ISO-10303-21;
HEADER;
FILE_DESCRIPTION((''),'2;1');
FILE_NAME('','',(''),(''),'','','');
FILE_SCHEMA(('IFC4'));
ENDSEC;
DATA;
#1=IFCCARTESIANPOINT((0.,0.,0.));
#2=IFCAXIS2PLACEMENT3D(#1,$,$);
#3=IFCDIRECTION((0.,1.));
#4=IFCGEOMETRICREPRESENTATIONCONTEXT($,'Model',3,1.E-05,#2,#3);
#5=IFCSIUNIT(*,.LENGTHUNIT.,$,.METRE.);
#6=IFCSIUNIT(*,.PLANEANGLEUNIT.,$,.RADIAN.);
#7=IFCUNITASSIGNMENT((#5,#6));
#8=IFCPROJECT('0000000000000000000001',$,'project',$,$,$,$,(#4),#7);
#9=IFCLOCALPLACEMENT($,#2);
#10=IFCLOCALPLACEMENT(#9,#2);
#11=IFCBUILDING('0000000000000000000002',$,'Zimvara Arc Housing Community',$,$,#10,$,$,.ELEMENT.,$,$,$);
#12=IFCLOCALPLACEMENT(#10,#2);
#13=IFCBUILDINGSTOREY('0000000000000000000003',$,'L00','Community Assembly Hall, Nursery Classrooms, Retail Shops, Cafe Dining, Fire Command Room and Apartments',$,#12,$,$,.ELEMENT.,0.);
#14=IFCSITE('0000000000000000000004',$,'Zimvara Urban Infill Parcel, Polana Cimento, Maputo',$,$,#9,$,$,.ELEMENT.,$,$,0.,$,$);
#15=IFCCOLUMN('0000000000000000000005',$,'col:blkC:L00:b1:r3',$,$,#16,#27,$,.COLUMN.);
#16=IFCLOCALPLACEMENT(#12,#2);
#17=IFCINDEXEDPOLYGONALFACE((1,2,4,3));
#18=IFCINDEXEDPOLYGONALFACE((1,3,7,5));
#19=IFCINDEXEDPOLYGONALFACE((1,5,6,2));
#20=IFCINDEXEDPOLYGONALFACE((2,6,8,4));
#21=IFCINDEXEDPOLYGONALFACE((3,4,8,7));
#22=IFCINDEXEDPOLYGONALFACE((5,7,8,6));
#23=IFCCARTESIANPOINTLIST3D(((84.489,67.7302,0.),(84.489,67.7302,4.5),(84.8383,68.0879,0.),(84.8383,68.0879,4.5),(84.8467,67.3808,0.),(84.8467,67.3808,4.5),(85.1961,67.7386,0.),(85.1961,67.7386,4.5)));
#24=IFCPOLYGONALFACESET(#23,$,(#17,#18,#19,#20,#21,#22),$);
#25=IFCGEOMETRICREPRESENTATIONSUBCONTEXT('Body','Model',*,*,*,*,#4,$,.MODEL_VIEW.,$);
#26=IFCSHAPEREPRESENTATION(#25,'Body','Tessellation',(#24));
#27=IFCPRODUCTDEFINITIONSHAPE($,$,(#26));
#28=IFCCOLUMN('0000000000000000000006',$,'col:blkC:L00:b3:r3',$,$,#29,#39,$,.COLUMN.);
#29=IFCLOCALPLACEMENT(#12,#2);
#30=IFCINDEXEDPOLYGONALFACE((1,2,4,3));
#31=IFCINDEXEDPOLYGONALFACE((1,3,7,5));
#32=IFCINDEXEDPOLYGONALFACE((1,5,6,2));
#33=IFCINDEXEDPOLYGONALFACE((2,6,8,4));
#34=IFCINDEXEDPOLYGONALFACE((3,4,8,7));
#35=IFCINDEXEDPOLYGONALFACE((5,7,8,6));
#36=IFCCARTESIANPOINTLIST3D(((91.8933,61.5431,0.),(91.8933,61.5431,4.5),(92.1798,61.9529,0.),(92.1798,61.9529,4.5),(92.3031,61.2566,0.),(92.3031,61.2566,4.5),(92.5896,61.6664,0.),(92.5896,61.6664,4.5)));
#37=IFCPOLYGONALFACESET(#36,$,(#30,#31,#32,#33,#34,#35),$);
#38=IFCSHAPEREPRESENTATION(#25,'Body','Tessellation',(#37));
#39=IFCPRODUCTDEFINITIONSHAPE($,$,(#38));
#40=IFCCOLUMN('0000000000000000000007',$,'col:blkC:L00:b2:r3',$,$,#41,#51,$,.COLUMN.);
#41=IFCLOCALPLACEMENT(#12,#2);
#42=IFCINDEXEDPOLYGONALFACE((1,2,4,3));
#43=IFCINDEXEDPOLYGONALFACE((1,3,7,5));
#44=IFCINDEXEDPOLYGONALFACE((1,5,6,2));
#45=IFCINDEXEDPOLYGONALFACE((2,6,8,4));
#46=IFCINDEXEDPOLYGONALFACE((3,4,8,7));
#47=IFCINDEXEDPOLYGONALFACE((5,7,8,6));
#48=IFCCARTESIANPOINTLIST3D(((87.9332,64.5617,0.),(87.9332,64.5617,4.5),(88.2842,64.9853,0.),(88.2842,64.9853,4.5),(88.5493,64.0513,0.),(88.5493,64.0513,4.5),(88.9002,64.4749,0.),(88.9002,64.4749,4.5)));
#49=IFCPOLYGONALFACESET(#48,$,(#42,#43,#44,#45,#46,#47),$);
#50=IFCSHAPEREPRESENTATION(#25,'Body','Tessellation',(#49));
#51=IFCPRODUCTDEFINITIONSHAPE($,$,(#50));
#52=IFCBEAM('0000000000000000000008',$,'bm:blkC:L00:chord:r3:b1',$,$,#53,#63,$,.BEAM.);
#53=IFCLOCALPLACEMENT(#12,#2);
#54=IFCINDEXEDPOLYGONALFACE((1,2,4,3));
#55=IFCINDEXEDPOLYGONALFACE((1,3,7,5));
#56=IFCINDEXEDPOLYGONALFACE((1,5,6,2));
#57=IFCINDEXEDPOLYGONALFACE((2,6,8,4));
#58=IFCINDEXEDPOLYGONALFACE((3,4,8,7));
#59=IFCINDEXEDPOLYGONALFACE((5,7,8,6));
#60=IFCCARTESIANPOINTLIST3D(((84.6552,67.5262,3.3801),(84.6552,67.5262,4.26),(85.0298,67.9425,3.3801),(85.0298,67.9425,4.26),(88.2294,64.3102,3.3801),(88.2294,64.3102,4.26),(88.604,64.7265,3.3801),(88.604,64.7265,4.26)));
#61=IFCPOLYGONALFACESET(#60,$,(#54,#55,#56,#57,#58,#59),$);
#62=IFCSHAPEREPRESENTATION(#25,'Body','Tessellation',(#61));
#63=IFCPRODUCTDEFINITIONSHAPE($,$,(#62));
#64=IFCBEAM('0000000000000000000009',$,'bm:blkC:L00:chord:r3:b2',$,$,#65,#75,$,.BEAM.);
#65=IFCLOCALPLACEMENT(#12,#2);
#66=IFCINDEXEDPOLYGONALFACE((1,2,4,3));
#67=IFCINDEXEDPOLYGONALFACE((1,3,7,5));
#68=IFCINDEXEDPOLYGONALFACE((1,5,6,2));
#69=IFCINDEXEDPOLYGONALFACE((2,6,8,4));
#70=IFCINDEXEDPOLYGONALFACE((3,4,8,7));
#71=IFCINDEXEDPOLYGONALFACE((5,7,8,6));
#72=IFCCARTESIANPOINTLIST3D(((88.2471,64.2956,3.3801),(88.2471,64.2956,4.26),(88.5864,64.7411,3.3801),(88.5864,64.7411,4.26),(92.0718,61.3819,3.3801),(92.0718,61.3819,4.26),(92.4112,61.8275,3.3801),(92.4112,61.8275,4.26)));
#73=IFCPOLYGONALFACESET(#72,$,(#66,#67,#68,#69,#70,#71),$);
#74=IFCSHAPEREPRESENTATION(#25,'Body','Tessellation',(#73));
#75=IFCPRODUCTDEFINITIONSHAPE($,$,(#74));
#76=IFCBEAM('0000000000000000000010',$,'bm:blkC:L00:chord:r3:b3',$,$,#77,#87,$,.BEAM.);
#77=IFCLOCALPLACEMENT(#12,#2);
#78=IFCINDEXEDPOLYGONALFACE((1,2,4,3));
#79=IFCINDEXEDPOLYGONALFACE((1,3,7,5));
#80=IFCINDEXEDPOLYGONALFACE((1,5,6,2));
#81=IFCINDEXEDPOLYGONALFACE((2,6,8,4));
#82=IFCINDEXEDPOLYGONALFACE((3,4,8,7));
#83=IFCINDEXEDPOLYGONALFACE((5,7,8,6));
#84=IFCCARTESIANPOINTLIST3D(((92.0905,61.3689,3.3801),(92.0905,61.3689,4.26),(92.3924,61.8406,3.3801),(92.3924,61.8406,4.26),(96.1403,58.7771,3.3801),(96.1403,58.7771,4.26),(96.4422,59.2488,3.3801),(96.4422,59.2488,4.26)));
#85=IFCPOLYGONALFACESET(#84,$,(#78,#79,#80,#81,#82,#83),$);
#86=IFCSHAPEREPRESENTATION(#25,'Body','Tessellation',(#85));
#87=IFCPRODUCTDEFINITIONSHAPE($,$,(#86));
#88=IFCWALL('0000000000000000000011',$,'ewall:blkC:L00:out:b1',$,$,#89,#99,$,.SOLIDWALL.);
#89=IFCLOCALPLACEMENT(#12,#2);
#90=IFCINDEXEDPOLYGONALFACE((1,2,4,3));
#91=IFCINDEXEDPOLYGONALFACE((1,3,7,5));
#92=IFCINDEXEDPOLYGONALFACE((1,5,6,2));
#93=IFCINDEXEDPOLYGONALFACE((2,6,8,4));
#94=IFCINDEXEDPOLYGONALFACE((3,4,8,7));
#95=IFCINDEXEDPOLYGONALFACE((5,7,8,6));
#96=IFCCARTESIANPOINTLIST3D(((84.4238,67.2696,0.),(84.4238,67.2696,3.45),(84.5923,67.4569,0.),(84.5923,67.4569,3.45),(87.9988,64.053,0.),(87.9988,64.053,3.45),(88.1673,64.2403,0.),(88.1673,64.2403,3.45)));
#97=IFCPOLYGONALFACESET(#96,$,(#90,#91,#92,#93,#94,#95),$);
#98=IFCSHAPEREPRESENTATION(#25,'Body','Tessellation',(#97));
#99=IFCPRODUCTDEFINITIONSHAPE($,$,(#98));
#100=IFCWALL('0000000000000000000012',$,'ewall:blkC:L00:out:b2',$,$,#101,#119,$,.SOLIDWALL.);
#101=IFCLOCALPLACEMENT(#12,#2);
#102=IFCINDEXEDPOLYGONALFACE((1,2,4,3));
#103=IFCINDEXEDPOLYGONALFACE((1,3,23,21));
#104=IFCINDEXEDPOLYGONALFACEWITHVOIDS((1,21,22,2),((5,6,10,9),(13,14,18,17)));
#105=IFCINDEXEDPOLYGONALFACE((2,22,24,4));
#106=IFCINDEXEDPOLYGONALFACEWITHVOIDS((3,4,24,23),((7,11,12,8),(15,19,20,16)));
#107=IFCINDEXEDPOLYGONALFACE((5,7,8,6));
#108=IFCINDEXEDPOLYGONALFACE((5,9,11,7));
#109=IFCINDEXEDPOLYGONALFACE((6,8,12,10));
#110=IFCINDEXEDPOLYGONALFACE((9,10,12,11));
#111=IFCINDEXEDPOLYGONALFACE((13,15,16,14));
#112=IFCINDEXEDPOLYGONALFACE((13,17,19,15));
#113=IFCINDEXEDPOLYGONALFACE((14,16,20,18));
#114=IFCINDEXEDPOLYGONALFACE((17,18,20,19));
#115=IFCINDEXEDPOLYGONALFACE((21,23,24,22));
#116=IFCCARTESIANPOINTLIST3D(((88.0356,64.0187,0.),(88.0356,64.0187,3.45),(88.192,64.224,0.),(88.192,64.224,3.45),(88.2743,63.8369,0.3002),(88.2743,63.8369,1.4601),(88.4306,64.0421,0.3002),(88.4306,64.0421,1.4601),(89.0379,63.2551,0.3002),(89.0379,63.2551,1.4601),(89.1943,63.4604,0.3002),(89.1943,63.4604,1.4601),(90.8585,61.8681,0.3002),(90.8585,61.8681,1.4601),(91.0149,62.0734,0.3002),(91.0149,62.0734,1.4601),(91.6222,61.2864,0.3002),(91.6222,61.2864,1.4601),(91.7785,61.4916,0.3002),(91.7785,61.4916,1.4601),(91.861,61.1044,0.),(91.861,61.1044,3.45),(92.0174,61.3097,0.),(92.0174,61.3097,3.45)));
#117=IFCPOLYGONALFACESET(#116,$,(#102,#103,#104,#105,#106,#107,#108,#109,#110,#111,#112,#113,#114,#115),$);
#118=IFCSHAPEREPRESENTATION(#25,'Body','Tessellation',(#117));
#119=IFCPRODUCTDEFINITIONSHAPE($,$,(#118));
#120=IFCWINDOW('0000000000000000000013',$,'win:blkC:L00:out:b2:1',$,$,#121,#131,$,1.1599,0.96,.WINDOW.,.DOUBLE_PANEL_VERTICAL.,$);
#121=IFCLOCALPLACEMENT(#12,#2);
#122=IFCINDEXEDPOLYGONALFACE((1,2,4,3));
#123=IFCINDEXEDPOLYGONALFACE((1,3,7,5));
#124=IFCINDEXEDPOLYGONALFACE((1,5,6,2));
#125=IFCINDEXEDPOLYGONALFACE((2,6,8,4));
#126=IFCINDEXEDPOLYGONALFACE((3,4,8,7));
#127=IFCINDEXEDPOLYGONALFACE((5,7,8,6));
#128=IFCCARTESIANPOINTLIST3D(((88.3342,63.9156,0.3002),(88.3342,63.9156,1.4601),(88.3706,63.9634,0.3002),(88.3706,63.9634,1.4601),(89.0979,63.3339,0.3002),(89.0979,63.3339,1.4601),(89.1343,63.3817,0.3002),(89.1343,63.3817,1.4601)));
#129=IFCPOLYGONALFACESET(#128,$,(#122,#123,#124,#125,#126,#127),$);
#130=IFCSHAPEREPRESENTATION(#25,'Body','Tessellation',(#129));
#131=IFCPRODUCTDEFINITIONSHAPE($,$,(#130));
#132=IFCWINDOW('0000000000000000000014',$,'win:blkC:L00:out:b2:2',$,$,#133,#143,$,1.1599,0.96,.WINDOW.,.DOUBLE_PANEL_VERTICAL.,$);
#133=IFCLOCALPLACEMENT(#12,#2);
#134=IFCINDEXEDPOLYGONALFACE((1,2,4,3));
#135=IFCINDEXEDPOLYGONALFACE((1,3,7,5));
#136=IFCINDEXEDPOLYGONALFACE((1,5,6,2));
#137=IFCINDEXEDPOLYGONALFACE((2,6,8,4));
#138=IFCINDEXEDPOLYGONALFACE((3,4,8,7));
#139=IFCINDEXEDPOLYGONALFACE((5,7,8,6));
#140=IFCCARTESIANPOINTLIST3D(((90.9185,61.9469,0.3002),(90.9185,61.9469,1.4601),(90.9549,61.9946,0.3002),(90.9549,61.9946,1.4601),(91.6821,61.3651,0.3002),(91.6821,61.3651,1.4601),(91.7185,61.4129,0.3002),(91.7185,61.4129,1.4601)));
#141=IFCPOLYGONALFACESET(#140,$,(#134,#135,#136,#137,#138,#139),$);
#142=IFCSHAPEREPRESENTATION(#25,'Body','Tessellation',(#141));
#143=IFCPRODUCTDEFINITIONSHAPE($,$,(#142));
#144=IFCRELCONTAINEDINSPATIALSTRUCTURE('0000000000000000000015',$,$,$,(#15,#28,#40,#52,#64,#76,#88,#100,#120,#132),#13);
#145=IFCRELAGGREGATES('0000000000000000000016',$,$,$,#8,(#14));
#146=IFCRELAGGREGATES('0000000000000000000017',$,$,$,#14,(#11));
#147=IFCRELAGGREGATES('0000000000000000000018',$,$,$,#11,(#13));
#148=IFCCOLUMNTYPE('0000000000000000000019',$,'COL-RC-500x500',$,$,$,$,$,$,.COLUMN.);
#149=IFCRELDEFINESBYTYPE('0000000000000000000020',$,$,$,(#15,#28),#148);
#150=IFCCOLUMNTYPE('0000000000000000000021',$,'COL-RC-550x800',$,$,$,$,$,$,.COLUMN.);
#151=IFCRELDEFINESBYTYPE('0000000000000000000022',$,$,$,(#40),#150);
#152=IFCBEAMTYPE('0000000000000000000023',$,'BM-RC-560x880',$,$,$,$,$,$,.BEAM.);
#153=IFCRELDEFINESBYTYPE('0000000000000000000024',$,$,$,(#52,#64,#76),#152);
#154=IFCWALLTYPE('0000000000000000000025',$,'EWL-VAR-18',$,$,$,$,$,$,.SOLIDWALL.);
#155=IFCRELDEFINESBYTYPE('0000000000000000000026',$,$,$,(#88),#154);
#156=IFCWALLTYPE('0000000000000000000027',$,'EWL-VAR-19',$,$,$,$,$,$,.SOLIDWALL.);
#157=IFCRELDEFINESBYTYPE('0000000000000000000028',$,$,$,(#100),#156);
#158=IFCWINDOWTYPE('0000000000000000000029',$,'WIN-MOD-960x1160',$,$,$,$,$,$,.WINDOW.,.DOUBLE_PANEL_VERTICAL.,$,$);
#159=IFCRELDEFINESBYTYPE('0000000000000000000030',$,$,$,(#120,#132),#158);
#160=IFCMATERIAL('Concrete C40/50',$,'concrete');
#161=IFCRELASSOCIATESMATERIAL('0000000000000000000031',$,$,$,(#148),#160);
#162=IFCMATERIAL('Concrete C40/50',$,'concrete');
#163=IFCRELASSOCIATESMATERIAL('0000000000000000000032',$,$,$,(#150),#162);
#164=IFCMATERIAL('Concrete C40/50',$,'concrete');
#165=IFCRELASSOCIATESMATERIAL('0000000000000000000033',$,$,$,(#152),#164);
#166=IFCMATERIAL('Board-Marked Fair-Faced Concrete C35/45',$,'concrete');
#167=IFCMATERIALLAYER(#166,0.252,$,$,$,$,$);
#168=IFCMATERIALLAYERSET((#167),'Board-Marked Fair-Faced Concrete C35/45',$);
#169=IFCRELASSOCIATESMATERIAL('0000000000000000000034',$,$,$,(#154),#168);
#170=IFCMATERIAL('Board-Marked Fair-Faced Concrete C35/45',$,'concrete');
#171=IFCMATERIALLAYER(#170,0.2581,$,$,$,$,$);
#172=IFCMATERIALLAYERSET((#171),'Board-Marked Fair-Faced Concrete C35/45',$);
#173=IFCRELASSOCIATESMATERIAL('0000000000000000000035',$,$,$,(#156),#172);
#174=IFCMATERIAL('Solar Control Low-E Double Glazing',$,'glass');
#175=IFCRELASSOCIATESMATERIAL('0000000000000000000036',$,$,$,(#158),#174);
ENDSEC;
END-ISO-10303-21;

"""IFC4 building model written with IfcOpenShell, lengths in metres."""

from ifc_helpers import new_model, si_unit, direction, frame, frame_2d, origin, origin_2d, place, context, subcontext, project, spatial, rectangle, extrude, material, layer, layer_set, material_profile, profile_set, type_object, element, fill, save


model = new_model("IFC4")

# Units and contexts
model_context = context("Model", 3, precision=1e-05, world=origin(), true_north=direction((0.0, 1.0)))
body_context = subcontext(model_context, "Body", "Model", "MODEL_VIEW")
ifc_project = project(units=[si_unit("LENGTHUNIT", "METRE"), si_unit("PLANEANGLEUNIT", "RADIAN")], contexts=[model_context])

# Site, building, storey
site_placement = place(None, origin())
site = spatial("IfcSite", under=ifc_project, at=site_placement, Name="Zimvara Urban Infill Parcel, Polana Cimento, Maputo", CompositionType="ELEMENT", RefElevation=0.0)
building_placement = place(site_placement, origin())
building = spatial("IfcBuilding", under=site, at=building_placement, Name="Zimvara Arc Housing Community", CompositionType="ELEMENT")
storey_placement = place(building_placement, origin())
storey = spatial("IfcBuildingStorey", under=building, at=storey_placement, Name="L00", Description="Community Assembly Hall, Nursery Classrooms, Retail Shops, Cafe Dining, Fire Command Room and Apartments", CompositionType="ELEMENT", Elevation=0.0)

# Columns
ifc_material_1 = material(Name="Concrete C40/50", Category="concrete")
ifc_material_profile_1 = material_profile(ifc_material_1, rectangle(XDim=0.5, YDim=0.5, at=origin_2d()), Name="RC 500x500")
ifc_profile_set_1 = profile_set([ifc_material_profile_1], Name="Concrete C40/50")
column_type_1 = type_object("IfcColumnType", Name="COL-RC-500x500", PredefinedType="COLUMN", material=ifc_profile_set_1)
for number, where, z_axis, x_axis, name in (
    (1, (84.8425, 67.7344, 0.0), (0.0, 0.0, 1.0), (-0.698665, -0.715449, 0.0), "col:blkC:L00:b1:r3"),
    (2, (92.2415, 61.6047, 0.0), (0.0, 0.0, 1.0), (-0.573004, -0.819552, 0.0), "col:blkC:L00:b3:r3"),
):
    element("IfcColumn", number, at=place(storey_placement, frame(where, z_axis=z_axis, x_axis=x_axis)), inside=storey, type_object=column_type_1, Name=name, PredefinedType="COLUMN", context=body_context, shape_type="SweptSolid", body=[
        extrude(rectangle(XDim=0.5, YDim=0.5, at=origin_2d()), origin(), (0.0, 0.0, 1.0), 4.5),
    ])
ifc_material_2 = material(Name="Concrete C40/50", Category="concrete")
ifc_material_profile_2 = material_profile(ifc_material_2, rectangle(XDim=0.55, YDim=0.8, at=origin_2d()), Name="RC 550x800")
ifc_profile_set_2 = profile_set([ifc_material_profile_2], Name="Concrete C40/50")
column_type_2 = type_object("IfcColumnType", Name="COL-RC-550x800", PredefinedType="COLUMN", material=ifc_profile_set_2)
column_placement = place(storey_placement, frame((88.4167, 64.5183, 0.0), z_axis=(0.0, 0.0, 1.0), x_axis=(-0.637962, -0.770068, 0.0)))
element("IfcColumn", 3, at=column_placement, inside=storey, type_object=column_type_2, Name="col:blkC:L00:b2:r3", PredefinedType="COLUMN", context=body_context, shape_type="SweptSolid", body=[
    extrude(rectangle(XDim=0.55, YDim=0.8, at=origin_2d()), origin(), (0.0, 0.0, 1.0), 4.5),
])

# Beams
ifc_material_3 = material(Name="Concrete C40/50", Category="concrete")
ifc_material_profile_3 = material_profile(ifc_material_3, rectangle(XDim=0.5601, YDim=0.8799, at=origin_2d()), Name="RC 560x880")
ifc_profile_set_3 = profile_set([ifc_material_profile_3], Name="Concrete C40/50")
beam_type = type_object("IfcBeamType", Name="BM-RC-560x880", PredefinedType="BEAM", material=ifc_profile_set_3)
for number, where, z_axis, x_axis, name in (
    (4, (84.8425, 67.7344, 3.8201), (0.74337, -0.668881, 0.0), (0.668881, 0.74337, 0.0), "bm:blkC:L00:chord:r3:b1"),
    (5, (88.4167, 64.5183, 3.8201), (0.795481, -0.605979, 0.0), (0.605979, 0.795481, 0.0), "bm:blkC:L00:chord:r3:b2"),
    (6, (92.2415, 61.6047, 3.8201), (0.842279, -0.539042, 0.0), (0.539042, 0.842279, 0.0), "bm:blkC:L00:chord:r3:b3"),
):
    element("IfcBeam", number, at=place(storey_placement, frame(where, z_axis=z_axis, x_axis=x_axis)), inside=storey, type_object=beam_type, Name=name, PredefinedType="BEAM", context=body_context, shape_type="SweptSolid", body=[
        extrude(rectangle(XDim=0.5601, YDim=0.8799, at=origin_2d()), origin(), (0.0, 0.0, 1.0), 4.8081),
    ])

# Wall
ifc_material_4 = material(Name="Board-Marked Fair-Faced Concrete C35/45", Category="concrete")
ifc_layer_1 = layer(ifc_material_4, 0.252)
ifc_layer_set_1 = layer_set([ifc_layer_1], Name="Board-Marked Fair-Faced Concrete C35/45")
wall_type_1 = type_object("IfcWallType", Name="EWL-VAR-18", PredefinedType="SOLIDWALL", material=ifc_layer_set_1)
wall_1_placement = place(storey_placement, frame((84.5081, 67.3633, 0.0), z_axis=(0.0, 0.0, 1.0), x_axis=(0.743388, -0.668861, 0.0)))
element("IfcWall", 7, at=wall_1_placement, inside=storey, type_object=wall_type_1, Name="ewall:blkC:L00:out:b1", PredefinedType="SOLIDWALL", context=body_context, shape_type="SweptSolid", body=[
    extrude(rectangle(XDim=4.8091, YDim=0.252, at=frame_2d((2.4045, 0.0))), origin(), (0.0, 0.0, 1.0), 3.45),
])

# Wall, openings, windows
ifc_material_5 = material(Name="Board-Marked Fair-Faced Concrete C35/45", Category="concrete")
ifc_layer_2 = layer(ifc_material_5, 0.2581)
ifc_layer_set_2 = layer_set([ifc_layer_2], Name="Board-Marked Fair-Faced Concrete C35/45")
wall_type_2 = type_object("IfcWallType", Name="EWL-VAR-19", PredefinedType="SOLIDWALL", material=ifc_layer_set_2)
wall_2_placement = place(storey_placement, frame((88.1138, 64.1213, 0.0), z_axis=(0.0, 0.0, 1.0), x_axis=(0.795463, -0.606002, 0.0)))
wall_2 = element("IfcWall", 8, at=wall_2_placement, inside=storey, type_object=wall_type_2, Name="ewall:blkC:L00:out:b2", PredefinedType="SOLIDWALL", context=body_context, shape_type="SweptSolid", body=[
    extrude(rectangle(XDim=4.8091, YDim=0.2581, at=frame_2d((2.4045, 0.0))), origin(), (0.0, 0.0, 1.0), 3.45),
])
opening_1_placement = place(wall_2_placement, frame((0.3, 0.0, 0.3)))
opening_1 = element("IfcOpeningElement", 9, at=opening_1_placement, cuts=wall_2, PredefinedType="OPENING", context=body_context, shape_type="SweptSolid", body=[
    extrude(rectangle(XDim=0.96, YDim=1.1599, at=frame_2d((0.48, 0.5801))), frame((0.0, 0.1389, 0.0), z_axis=(0.0, -1.0, 0.0), x_axis=(1.0, 0.0, 0.0)), (0.0, 0.0, 1.0), 0.2781),
])
opening_2_placement = place(wall_2_placement, frame((3.5488, 0.0, 0.3)))
opening_2 = element("IfcOpeningElement", 10, at=opening_2_placement, cuts=wall_2, PredefinedType="OPENING", context=body_context, shape_type="SweptSolid", body=[
    extrude(rectangle(XDim=0.96, YDim=1.1599, at=frame_2d((0.48, 0.5801))), frame((0.0, 0.1389, 0.0), z_axis=(0.0, -1.0, 0.0), x_axis=(1.0, 0.0, 0.0)), (0.0, 0.0, 1.0), 0.2781),
])
ifc_material_6 = material(Name="Solar Control Low-E Double Glazing", Category="glass")
window_type_1 = type_object("IfcWindowType", Name="WIN-MOD-960x1160", PartitioningType="DOUBLE_PANEL_VERTICAL", PredefinedType="WINDOW", material=ifc_material_6)
window_1_placement = place(opening_1_placement, origin())
window_1 = element("IfcWindow", 11, at=window_1_placement, inside=storey, type_object=window_type_1, Name="win:blkC:L00:out:b2:1", OverallHeight=1.1599, OverallWidth=0.96, PartitioningType="DOUBLE_PANEL_VERTICAL", PredefinedType="WINDOW", context=body_context, shape_type="SweptSolid", body=[
    extrude(rectangle(XDim=0.96, YDim=1.1599, at=frame_2d((0.48, 0.5801))), frame((0.0, 0.03, 0.0), z_axis=(0.0, -1.0, 0.0), x_axis=(1.0, 0.0, 0.0)), (0.0, 0.0, 1.0), 0.0601),
])
fill(opening_1, window_1)
window_2_placement = place(opening_2_placement, origin())
window_2 = element("IfcWindow", 12, at=window_2_placement, inside=storey, type_object=window_type_1, Name="win:blkC:L00:out:b2:2", OverallHeight=1.1599, OverallWidth=0.96, PartitioningType="DOUBLE_PANEL_VERTICAL", PredefinedType="WINDOW", context=body_context, shape_type="SweptSolid", body=[
    extrude(rectangle(XDim=0.96, YDim=1.1599, at=frame_2d((0.48, 0.5801))), frame((0.0, 0.03, 0.0), z_axis=(0.0, -1.0, 0.0), x_axis=(1.0, 0.0, 0.0)), (0.0, 0.0, 1.0), 0.0601),
])
fill(opening_2, window_2)

save(model, "model.ifc")
